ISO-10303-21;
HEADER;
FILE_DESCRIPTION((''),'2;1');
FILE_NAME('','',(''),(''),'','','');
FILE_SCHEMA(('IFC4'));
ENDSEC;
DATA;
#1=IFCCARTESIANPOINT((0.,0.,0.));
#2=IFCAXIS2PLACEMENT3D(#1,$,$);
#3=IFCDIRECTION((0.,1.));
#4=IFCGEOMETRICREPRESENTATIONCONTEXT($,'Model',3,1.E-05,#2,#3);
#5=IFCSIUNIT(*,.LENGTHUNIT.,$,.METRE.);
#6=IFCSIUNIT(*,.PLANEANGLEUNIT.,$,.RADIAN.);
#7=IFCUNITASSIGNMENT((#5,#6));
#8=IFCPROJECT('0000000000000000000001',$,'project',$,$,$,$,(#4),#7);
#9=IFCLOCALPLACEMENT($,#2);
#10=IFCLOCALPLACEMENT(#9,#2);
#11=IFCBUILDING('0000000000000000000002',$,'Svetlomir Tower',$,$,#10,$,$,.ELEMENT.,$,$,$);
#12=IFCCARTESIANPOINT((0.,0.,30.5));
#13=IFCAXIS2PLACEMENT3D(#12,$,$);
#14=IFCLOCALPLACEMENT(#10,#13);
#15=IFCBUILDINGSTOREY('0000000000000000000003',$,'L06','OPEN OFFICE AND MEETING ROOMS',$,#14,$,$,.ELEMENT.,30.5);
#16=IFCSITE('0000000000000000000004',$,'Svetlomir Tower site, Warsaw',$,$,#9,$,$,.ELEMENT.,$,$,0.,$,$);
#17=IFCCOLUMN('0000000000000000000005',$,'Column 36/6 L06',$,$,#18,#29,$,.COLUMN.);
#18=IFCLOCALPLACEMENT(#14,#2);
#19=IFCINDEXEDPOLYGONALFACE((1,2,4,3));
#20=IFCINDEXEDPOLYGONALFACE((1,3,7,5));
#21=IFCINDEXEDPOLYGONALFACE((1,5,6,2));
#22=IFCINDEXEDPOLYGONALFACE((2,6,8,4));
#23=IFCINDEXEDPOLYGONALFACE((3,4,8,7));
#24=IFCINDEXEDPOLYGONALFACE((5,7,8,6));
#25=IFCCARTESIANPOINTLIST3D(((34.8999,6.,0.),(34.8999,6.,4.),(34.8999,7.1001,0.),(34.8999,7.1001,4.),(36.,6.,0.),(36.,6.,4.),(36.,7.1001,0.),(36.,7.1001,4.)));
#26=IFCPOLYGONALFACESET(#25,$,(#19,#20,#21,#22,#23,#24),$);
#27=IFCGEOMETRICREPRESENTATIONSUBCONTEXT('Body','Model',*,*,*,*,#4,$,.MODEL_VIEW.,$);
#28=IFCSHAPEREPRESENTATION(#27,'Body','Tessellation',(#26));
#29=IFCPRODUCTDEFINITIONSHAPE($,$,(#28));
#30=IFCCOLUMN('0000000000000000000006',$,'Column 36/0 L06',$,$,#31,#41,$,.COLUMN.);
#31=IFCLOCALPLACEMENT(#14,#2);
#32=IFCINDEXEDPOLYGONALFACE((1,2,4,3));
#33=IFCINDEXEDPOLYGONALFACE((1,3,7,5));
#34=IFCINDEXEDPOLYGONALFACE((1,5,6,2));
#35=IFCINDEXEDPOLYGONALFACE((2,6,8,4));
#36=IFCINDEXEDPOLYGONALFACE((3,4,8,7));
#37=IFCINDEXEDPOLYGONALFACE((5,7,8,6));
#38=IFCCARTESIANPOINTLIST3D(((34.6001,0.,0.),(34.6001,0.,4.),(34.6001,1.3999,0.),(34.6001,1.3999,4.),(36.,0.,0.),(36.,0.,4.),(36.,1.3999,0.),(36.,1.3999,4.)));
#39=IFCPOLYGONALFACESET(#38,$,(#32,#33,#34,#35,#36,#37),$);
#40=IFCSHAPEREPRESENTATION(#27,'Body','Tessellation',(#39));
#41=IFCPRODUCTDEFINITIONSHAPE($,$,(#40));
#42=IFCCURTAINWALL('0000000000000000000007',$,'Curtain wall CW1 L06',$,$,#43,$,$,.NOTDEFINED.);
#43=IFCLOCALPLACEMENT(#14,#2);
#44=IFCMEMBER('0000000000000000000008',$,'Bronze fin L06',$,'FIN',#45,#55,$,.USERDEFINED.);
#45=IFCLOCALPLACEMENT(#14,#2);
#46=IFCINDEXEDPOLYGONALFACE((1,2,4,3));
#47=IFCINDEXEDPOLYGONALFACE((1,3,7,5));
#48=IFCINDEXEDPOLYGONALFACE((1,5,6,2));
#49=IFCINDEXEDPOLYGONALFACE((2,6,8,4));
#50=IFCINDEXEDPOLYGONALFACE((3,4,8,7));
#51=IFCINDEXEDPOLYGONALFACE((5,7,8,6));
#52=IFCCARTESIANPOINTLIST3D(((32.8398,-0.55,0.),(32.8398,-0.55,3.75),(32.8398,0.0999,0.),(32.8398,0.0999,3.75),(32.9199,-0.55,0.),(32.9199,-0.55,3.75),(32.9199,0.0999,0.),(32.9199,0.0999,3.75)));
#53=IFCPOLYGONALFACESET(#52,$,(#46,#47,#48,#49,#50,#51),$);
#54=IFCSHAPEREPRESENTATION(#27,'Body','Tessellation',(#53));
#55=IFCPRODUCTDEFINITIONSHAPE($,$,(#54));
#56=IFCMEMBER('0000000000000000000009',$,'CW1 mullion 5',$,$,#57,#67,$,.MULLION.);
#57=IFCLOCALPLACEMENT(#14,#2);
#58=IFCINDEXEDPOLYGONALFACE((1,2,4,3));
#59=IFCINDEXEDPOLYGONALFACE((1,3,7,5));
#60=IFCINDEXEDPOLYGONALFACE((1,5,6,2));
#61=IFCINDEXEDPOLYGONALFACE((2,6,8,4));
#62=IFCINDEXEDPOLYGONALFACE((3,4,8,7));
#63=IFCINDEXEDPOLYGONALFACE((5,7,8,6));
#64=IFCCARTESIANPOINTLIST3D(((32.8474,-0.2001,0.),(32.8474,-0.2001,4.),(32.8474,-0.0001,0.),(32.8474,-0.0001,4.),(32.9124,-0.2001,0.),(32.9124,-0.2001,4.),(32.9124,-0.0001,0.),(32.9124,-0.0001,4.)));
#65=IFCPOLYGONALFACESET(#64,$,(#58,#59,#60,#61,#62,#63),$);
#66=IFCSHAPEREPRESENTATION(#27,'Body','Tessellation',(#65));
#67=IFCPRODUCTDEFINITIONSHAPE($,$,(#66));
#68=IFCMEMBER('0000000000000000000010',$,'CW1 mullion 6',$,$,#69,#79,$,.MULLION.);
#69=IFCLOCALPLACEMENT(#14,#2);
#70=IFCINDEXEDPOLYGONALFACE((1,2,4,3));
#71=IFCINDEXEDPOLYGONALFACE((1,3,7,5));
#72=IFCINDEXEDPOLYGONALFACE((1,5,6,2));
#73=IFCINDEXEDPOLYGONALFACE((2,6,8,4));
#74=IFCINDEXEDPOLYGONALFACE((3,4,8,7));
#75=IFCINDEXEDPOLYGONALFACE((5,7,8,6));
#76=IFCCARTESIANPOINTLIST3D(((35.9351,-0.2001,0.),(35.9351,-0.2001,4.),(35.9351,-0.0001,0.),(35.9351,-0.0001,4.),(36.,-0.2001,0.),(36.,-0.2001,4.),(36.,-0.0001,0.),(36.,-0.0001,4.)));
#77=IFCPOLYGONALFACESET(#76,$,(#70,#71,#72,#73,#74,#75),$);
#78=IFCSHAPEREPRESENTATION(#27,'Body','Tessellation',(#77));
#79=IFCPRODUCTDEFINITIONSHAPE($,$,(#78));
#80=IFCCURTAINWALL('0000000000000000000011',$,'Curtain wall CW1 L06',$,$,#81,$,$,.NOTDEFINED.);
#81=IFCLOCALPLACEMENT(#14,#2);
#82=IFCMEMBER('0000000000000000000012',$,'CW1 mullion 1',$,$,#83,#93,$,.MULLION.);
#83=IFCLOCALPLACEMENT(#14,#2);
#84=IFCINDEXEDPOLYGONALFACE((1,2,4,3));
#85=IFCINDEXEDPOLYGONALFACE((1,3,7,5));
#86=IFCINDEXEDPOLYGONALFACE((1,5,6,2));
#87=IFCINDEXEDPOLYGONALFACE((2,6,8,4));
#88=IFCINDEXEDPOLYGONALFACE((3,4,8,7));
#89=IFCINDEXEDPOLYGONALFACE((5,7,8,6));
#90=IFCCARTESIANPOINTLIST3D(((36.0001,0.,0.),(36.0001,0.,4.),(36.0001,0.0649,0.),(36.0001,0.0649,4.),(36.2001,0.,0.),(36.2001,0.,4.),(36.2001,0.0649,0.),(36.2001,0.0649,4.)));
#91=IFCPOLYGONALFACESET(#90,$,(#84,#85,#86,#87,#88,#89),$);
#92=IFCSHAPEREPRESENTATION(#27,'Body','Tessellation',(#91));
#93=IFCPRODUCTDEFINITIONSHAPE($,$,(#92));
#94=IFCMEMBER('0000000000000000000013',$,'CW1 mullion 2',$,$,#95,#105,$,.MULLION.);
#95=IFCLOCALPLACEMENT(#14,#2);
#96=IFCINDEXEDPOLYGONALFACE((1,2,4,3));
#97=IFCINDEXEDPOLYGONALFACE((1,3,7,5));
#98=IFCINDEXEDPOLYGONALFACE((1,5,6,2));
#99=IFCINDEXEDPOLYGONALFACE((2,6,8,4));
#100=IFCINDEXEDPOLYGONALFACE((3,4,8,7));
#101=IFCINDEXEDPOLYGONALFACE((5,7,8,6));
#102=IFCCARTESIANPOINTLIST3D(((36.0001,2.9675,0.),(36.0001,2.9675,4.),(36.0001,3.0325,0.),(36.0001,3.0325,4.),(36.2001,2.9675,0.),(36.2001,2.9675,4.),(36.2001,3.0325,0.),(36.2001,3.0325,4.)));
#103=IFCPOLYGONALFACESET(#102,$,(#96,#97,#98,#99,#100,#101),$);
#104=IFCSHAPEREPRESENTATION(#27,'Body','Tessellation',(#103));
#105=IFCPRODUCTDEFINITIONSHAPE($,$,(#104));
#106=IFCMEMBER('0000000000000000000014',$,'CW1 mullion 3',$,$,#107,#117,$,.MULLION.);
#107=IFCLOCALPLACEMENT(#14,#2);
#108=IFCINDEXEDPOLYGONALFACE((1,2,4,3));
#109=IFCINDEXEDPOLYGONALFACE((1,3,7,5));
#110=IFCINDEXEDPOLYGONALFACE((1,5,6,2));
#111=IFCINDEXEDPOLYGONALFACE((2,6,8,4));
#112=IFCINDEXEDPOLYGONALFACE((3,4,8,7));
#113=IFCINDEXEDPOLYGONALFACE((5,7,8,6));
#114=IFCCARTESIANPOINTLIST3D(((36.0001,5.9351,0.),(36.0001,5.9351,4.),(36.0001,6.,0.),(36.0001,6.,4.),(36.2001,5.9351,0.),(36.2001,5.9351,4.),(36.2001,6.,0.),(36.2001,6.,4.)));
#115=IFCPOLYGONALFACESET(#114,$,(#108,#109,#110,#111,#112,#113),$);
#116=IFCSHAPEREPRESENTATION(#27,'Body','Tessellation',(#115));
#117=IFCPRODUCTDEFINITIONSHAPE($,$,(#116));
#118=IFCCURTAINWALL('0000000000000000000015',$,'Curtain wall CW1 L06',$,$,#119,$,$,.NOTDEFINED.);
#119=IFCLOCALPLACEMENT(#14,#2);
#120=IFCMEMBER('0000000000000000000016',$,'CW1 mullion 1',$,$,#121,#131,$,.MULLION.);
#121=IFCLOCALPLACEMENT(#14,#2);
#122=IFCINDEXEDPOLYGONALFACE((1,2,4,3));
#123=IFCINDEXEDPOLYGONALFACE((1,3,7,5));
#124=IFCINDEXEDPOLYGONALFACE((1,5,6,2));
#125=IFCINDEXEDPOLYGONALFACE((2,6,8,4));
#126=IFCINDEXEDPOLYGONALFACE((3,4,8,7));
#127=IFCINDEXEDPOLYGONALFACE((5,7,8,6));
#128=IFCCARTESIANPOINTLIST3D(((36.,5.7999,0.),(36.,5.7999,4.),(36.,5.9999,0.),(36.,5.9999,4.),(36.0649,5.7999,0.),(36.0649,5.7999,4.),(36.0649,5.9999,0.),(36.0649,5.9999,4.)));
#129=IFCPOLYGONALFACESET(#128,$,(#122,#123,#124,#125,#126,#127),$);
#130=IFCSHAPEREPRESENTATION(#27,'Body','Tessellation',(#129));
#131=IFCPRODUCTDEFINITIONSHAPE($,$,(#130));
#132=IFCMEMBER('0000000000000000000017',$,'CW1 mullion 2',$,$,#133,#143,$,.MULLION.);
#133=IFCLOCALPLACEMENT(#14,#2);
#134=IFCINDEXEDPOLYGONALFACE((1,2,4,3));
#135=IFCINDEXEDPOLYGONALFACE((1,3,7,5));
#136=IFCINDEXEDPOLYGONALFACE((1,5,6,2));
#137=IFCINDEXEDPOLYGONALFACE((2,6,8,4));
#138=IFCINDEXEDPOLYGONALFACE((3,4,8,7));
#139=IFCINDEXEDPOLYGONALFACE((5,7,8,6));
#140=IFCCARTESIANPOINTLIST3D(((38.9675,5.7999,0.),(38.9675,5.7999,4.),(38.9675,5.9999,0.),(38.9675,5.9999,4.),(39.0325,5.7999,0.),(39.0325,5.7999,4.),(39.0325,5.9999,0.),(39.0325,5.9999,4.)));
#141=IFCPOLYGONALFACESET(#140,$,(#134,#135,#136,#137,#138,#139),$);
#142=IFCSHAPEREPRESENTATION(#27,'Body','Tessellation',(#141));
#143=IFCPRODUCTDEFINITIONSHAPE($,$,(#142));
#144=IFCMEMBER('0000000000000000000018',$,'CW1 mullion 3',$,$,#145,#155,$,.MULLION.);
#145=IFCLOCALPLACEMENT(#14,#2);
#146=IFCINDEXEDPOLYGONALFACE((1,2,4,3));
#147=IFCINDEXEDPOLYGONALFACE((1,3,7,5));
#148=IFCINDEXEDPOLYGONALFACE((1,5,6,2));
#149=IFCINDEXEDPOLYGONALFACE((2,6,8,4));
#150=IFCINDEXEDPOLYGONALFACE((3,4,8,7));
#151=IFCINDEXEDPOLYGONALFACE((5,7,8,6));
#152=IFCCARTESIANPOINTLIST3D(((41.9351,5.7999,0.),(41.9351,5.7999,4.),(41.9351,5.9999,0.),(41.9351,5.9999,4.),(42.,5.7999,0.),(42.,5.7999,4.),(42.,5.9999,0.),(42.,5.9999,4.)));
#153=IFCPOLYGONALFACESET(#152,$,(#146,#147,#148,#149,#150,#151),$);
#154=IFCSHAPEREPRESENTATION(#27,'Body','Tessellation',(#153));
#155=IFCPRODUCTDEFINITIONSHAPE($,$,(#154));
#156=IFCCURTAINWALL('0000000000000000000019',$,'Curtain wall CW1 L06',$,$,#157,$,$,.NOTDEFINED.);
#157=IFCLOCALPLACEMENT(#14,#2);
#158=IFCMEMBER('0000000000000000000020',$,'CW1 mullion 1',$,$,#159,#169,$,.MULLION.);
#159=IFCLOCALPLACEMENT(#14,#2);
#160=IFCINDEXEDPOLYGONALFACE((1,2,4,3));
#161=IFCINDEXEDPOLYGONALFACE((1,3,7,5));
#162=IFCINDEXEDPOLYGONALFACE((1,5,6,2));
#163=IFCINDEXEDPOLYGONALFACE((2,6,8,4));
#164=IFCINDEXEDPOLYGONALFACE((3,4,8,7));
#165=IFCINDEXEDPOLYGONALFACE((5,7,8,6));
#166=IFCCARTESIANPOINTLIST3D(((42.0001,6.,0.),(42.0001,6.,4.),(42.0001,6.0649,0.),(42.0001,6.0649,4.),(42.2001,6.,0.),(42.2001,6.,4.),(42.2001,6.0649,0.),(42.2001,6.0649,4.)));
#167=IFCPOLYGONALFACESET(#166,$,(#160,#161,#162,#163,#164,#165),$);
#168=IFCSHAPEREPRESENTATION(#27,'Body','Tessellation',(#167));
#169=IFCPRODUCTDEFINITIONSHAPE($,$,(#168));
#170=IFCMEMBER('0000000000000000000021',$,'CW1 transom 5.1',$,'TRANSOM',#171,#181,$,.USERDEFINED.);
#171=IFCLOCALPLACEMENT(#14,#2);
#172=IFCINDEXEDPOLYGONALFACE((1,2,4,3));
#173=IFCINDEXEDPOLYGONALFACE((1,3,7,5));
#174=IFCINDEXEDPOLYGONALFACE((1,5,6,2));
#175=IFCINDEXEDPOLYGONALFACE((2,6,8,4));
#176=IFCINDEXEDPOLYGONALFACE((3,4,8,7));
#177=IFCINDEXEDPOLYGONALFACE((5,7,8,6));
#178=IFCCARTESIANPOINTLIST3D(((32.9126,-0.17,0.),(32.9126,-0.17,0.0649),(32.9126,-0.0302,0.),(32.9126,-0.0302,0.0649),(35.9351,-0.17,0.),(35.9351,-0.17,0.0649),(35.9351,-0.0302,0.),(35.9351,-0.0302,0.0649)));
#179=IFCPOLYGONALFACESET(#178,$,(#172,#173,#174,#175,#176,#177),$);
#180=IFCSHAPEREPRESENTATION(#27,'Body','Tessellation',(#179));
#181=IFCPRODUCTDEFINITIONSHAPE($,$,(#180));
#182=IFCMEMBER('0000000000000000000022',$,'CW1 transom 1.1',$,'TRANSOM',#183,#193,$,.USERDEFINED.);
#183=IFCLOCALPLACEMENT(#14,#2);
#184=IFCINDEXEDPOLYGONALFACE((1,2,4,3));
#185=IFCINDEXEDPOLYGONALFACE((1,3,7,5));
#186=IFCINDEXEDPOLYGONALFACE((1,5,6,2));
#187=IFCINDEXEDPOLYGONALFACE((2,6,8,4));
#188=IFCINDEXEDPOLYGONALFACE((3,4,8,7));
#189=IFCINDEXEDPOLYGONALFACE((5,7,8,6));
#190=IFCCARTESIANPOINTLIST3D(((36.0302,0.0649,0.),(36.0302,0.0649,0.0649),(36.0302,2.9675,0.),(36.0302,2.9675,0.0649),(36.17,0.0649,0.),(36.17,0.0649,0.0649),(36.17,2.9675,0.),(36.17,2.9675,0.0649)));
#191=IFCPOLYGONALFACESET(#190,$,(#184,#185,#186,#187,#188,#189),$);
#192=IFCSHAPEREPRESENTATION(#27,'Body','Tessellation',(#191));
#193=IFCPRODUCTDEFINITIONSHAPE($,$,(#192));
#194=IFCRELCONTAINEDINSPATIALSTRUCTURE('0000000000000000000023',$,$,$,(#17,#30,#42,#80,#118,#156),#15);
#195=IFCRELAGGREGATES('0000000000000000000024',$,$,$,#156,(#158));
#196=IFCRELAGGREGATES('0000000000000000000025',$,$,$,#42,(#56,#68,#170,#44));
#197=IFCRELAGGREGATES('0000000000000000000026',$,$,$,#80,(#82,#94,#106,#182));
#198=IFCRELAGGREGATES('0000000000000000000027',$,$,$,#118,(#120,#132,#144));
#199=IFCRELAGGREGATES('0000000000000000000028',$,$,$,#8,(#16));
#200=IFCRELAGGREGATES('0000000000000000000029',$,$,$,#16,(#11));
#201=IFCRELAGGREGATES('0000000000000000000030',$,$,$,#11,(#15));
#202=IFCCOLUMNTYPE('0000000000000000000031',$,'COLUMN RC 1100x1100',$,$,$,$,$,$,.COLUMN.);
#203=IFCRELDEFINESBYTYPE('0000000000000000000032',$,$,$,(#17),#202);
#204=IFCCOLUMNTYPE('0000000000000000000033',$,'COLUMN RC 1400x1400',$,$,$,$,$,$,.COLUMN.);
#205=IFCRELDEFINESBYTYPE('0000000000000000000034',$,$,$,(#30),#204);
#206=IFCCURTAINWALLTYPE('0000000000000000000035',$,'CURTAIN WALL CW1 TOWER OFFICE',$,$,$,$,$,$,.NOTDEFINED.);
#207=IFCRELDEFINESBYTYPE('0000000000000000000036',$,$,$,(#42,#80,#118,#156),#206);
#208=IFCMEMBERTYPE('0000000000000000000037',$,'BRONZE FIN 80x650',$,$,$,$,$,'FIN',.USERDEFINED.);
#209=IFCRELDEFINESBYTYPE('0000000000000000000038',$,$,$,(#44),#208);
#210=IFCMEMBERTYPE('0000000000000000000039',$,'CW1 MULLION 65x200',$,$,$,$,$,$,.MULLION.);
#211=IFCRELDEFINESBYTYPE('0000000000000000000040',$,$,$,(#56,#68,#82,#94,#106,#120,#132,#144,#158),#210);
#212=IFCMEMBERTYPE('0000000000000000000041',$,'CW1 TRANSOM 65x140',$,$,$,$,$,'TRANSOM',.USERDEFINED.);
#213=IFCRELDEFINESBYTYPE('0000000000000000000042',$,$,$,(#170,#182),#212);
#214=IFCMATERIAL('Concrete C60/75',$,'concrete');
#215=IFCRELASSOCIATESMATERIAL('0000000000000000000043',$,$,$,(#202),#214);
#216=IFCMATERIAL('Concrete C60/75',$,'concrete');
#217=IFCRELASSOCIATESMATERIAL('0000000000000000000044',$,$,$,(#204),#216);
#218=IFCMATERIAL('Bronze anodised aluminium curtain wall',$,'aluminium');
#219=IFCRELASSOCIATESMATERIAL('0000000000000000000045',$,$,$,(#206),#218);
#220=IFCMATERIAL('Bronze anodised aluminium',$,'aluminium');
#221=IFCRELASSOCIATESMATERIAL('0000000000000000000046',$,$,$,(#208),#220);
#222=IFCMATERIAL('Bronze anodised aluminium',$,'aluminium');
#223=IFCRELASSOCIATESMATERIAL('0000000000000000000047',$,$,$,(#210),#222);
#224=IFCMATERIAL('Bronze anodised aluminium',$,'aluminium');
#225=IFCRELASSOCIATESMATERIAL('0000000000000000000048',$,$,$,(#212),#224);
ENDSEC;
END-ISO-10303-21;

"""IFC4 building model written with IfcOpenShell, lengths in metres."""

from ifc_helpers import new_model, si_unit, direction, frame, origin, origin_2d, place, context, subcontext, project, spatial, rectangle, extrude, material, material_profile, profile_set, type_object, element, aggregate, save


model = new_model("IFC4")

# Units and contexts
model_context = context("Model", 3, precision=1e-05, world=origin(), true_north=direction((0.0, 1.0)))
body_context = subcontext(model_context, "Body", "Model", "MODEL_VIEW")
ifc_project = project(units=[si_unit("LENGTHUNIT", "METRE"), si_unit("PLANEANGLEUNIT", "RADIAN")], contexts=[model_context])

# Site, building, storey
site_placement = place(None, origin())
site = spatial("IfcSite", under=ifc_project, at=site_placement, Name="Svetlomir Tower site, Warsaw", CompositionType="ELEMENT", RefElevation=0.0)
building_placement = place(site_placement, origin())
building = spatial("IfcBuilding", under=site, at=building_placement, Name="Svetlomir Tower", CompositionType="ELEMENT")
storey_placement = place(building_placement, frame((0.0, 0.0, 30.5)))
storey = spatial("IfcBuildingStorey", under=building, at=storey_placement, Name="L06", Description="OPEN OFFICE AND MEETING ROOMS", CompositionType="ELEMENT", Elevation=30.5)

# Columns
ifc_material_1 = material(Name="Concrete C60/75", Category="concrete")
ifc_material_profile_1 = material_profile(ifc_material_1, rectangle(XDim=1.1001, YDim=1.1001, at=origin_2d()), Name="RC 1100x1100")
ifc_profile_set_1 = profile_set([ifc_material_profile_1], Name="Concrete C60/75")
column_type_1 = type_object("IfcColumnType", Name="COLUMN RC 1100x1100", PredefinedType="COLUMN", material=ifc_profile_set_1)
column_1_placement = place(storey_placement, frame((35.45, 6.55, 0.0), z_axis=(0.0, 0.0, 1.0), x_axis=(1.0, 0.0, 0.0)))
element("IfcColumn", 1, at=column_1_placement, inside=storey, type_object=column_type_1, Name="Column 36/6 L06", PredefinedType="COLUMN", context=body_context, shape_type="SweptSolid", body=[
    extrude(rectangle(XDim=1.1001, YDim=1.1001, at=origin_2d()), origin(), (0.0, 0.0, 1.0), 4.0),
])
ifc_material_2 = material(Name="Concrete C60/75", Category="concrete")
ifc_material_profile_2 = material_profile(ifc_material_2, rectangle(XDim=1.3999, YDim=1.3999, at=origin_2d()), Name="RC 1400x1400")
ifc_profile_set_2 = profile_set([ifc_material_profile_2], Name="Concrete C60/75")
column_type_2 = type_object("IfcColumnType", Name="COLUMN RC 1400x1400", PredefinedType="COLUMN", material=ifc_profile_set_2)
column_2_placement = place(storey_placement, frame((35.3, 0.7, 0.0), z_axis=(0.0, 0.0, 1.0), x_axis=(1.0, 0.0, 0.0)))
element("IfcColumn", 2, at=column_2_placement, inside=storey, type_object=column_type_2, Name="Column 36/0 L06", PredefinedType="COLUMN", context=body_context, shape_type="SweptSolid", body=[
    extrude(rectangle(XDim=1.3999, YDim=1.3999, at=origin_2d()), origin(), (0.0, 0.0, 1.0), 4.0),
])

# Curtain walls, members
ifc_material_3 = material(Name="Bronze anodised aluminium curtain wall", Category="aluminium")
curtain_wall_type = type_object("IfcCurtainWallType", Name="CURTAIN WALL CW1 TOWER OFFICE", PredefinedType="NOTDEFINED", material=ifc_material_3)
curtain_wall_1_placement = place(storey_placement, origin())
curtain_wall_1 = element("IfcCurtainWall", 3, at=curtain_wall_1_placement, inside=storey, type_object=curtain_wall_type, Name="Curtain wall CW1 L06", PredefinedType="NOTDEFINED")
ifc_material_4 = material(Name="Bronze anodised aluminium", Category="aluminium")
ifc_material_profile_3 = material_profile(ifc_material_4, rectangle(XDim=0.0801, YDim=0.6499, at=origin_2d()), Name="FIN 80x650")
ifc_profile_set_3 = profile_set([ifc_material_profile_3], Name="Bronze anodised aluminium 6063-T6")
member_type_1 = type_object("IfcMemberType", Name="BRONZE FIN 80x650", ElementType="FIN", PredefinedType="USERDEFINED", material=ifc_profile_set_3)
member_1_placement = place(storey_placement, frame((32.8799, -0.2251, 0.0), z_axis=(0.0, 0.0, 1.0), x_axis=(1.0, 0.0, 0.0)))
member_1 = element("IfcMember", 4, at=member_1_placement, type_object=member_type_1, Name="Bronze fin L06", ObjectType="FIN", PredefinedType="USERDEFINED", context=body_context, shape_type="SweptSolid", body=[
    extrude(rectangle(XDim=0.0801, YDim=0.6499, at=origin_2d()), origin(), (0.0, 0.0, 1.0), 3.75),
])
ifc_material_5 = material(Name="Bronze anodised aluminium", Category="aluminium")
ifc_material_profile_4 = material_profile(ifc_material_5, rectangle(XDim=0.0649, YDim=0.2, at=origin_2d()), Name="AL 65x200")
ifc_profile_set_4 = profile_set([ifc_material_profile_4], Name="Bronze anodised aluminium 6063-T6")
member_type_2 = type_object("IfcMemberType", Name="CW1 MULLION 65x200", PredefinedType="MULLION", material=ifc_profile_set_4)
member_2_placement = place(storey_placement, frame((32.8799, -0.1001, 0.0), z_axis=(0.0, 0.0, 1.0), x_axis=(1.0, 0.0, 0.0)))
member_2 = element("IfcMember", 5, at=member_2_placement, type_object=member_type_2, Name="CW1 mullion 5", PredefinedType="MULLION", context=body_context, shape_type="SweptSolid", body=[
    extrude(rectangle(XDim=0.0649, YDim=0.2, at=origin_2d()), origin(), (0.0, 0.0, 1.0), 4.0),
])
member_3_placement = place(storey_placement, frame((35.9675, -0.1001, 0.0), z_axis=(0.0, 0.0, 1.0), x_axis=(1.0, 0.0, 0.0)))
member_3 = element("IfcMember", 6, at=member_3_placement, type_object=member_type_2, Name="CW1 mullion 6", PredefinedType="MULLION", context=body_context, shape_type="SweptSolid", body=[
    extrude(rectangle(XDim=0.0649, YDim=0.2, at=origin_2d()), origin(), (0.0, 0.0, 1.0), 4.0),
])
curtain_wall_2_placement = place(storey_placement, origin())
curtain_wall_2 = element("IfcCurtainWall", 7, at=curtain_wall_2_placement, inside=storey, type_object=curtain_wall_type, Name="Curtain wall CW1 L06", PredefinedType="NOTDEFINED")
member_4_placement = place(storey_placement, frame((36.1001, 0.0325, 0.0), z_axis=(0.0, 0.0, 1.0), x_axis=(0.0, 1.0, 0.0)))
member_4 = element("IfcMember", 8, at=member_4_placement, type_object=member_type_2, Name="CW1 mullion 1", PredefinedType="MULLION", context=body_context, shape_type="SweptSolid", body=[
    extrude(rectangle(XDim=0.0649, YDim=0.2, at=origin_2d()), origin(), (0.0, 0.0, 1.0), 4.0),
])
member_5_placement = place(storey_placement, frame((36.1001, 3.0, 0.0), z_axis=(0.0, 0.0, 1.0), x_axis=(0.0, 1.0, 0.0)))
member_5 = element("IfcMember", 9, at=member_5_placement, type_object=member_type_2, Name="CW1 mullion 2", PredefinedType="MULLION", context=body_context, shape_type="SweptSolid", body=[
    extrude(rectangle(XDim=0.0649, YDim=0.2, at=origin_2d()), origin(), (0.0, 0.0, 1.0), 4.0),
])
member_6_placement = place(storey_placement, frame((36.1001, 5.9675, 0.0), z_axis=(0.0, 0.0, 1.0), x_axis=(0.0, 1.0, 0.0)))
member_6 = element("IfcMember", 10, at=member_6_placement, type_object=member_type_2, Name="CW1 mullion 3", PredefinedType="MULLION", context=body_context, shape_type="SweptSolid", body=[
    extrude(rectangle(XDim=0.0649, YDim=0.2, at=origin_2d()), origin(), (0.0, 0.0, 1.0), 4.0),
])
curtain_wall_3_placement = place(storey_placement, origin())
curtain_wall_3 = element("IfcCurtainWall", 11, at=curtain_wall_3_placement, inside=storey, type_object=curtain_wall_type, Name="Curtain wall CW1 L06", PredefinedType="NOTDEFINED")
member_7_placement = place(storey_placement, frame((36.0325, 5.8999, 0.0), z_axis=(0.0, 0.0, 1.0), x_axis=(1.0, 0.0, 0.0)))
member_7 = element("IfcMember", 12, at=member_7_placement, type_object=member_type_2, Name="CW1 mullion 1", PredefinedType="MULLION", context=body_context, shape_type="SweptSolid", body=[
    extrude(rectangle(XDim=0.0649, YDim=0.2, at=origin_2d()), origin(), (0.0, 0.0, 1.0), 4.0),
])
member_8_placement = place(storey_placement, frame((39.0, 5.8999, 0.0), z_axis=(0.0, 0.0, 1.0), x_axis=(1.0, 0.0, 0.0)))
member_8 = element("IfcMember", 13, at=member_8_placement, type_object=member_type_2, Name="CW1 mullion 2", PredefinedType="MULLION", context=body_context, shape_type="SweptSolid", body=[
    extrude(rectangle(XDim=0.0649, YDim=0.2, at=origin_2d()), origin(), (0.0, 0.0, 1.0), 4.0),
])
member_9_placement = place(storey_placement, frame((41.9675, 5.8999, 0.0), z_axis=(0.0, 0.0, 1.0), x_axis=(1.0, 0.0, 0.0)))
member_9 = element("IfcMember", 14, at=member_9_placement, type_object=member_type_2, Name="CW1 mullion 3", PredefinedType="MULLION", context=body_context, shape_type="SweptSolid", body=[
    extrude(rectangle(XDim=0.0649, YDim=0.2, at=origin_2d()), origin(), (0.0, 0.0, 1.0), 4.0),
])

# Curtain wall, member
curtain_wall_4_placement = place(storey_placement, origin())
curtain_wall_4 = element("IfcCurtainWall", 15, at=curtain_wall_4_placement, inside=storey, type_object=curtain_wall_type, Name="Curtain wall CW1 L06", PredefinedType="NOTDEFINED")
member_10_placement = place(storey_placement, frame((42.1001, 6.0325, 0.0), z_axis=(0.0, 0.0, 1.0), x_axis=(0.0, 1.0, 0.0)))
member_10 = element("IfcMember", 16, at=member_10_placement, type_object=member_type_2, Name="CW1 mullion 1", PredefinedType="MULLION", context=body_context, shape_type="SweptSolid", body=[
    extrude(rectangle(XDim=0.0649, YDim=0.2, at=origin_2d()), origin(), (0.0, 0.0, 1.0), 4.0),
])

# Members
ifc_material_6 = material(Name="Bronze anodised aluminium", Category="aluminium")
ifc_material_profile_5 = material_profile(ifc_material_6, rectangle(XDim=0.1399, YDim=0.0649, at=origin_2d()), Name="AL 140x65")
ifc_profile_set_5 = profile_set([ifc_material_profile_5], Name="Bronze anodised aluminium 6063-T6")
member_type_3 = type_object("IfcMemberType", Name="CW1 TRANSOM 65x140", ElementType="TRANSOM", PredefinedType="USERDEFINED", material=ifc_profile_set_5)
member_11_placement = place(storey_placement, frame((32.9126, -0.1001, 0.0325), z_axis=(1.0, 0.0, 0.0), x_axis=(0.0, 1.0, 0.0)))
member_11 = element("IfcMember", 17, at=member_11_placement, type_object=member_type_3, Name="CW1 transom 5.1", ObjectType="TRANSOM", PredefinedType="USERDEFINED", context=body_context, shape_type="SweptSolid", body=[
    extrude(rectangle(XDim=0.1399, YDim=0.0649, at=origin_2d()), origin(), (0.0, 0.0, 1.0), 3.0225),
])
member_12_placement = place(storey_placement, frame((36.1001, 0.0649, 0.0325), z_axis=(0.0, 1.0, 0.0), x_axis=(-1.0, 0.0, 0.0)))
member_12 = element("IfcMember", 18, at=member_12_placement, type_object=member_type_3, Name="CW1 transom 1.1", ObjectType="TRANSOM", PredefinedType="USERDEFINED", context=body_context, shape_type="SweptSolid", body=[
    extrude(rectangle(XDim=0.1399, YDim=0.0649, at=origin_2d()), origin(), (0.0, 0.0, 1.0), 2.9026),
])
aggregate(curtain_wall_4, [member_10])

aggregate(curtain_wall_1, [member_2, member_3, member_11, member_1])
aggregate(curtain_wall_2, [member_4, member_5, member_6, member_12])
aggregate(curtain_wall_3, [member_7, member_8, member_9])

save(model, "model.ifc")
